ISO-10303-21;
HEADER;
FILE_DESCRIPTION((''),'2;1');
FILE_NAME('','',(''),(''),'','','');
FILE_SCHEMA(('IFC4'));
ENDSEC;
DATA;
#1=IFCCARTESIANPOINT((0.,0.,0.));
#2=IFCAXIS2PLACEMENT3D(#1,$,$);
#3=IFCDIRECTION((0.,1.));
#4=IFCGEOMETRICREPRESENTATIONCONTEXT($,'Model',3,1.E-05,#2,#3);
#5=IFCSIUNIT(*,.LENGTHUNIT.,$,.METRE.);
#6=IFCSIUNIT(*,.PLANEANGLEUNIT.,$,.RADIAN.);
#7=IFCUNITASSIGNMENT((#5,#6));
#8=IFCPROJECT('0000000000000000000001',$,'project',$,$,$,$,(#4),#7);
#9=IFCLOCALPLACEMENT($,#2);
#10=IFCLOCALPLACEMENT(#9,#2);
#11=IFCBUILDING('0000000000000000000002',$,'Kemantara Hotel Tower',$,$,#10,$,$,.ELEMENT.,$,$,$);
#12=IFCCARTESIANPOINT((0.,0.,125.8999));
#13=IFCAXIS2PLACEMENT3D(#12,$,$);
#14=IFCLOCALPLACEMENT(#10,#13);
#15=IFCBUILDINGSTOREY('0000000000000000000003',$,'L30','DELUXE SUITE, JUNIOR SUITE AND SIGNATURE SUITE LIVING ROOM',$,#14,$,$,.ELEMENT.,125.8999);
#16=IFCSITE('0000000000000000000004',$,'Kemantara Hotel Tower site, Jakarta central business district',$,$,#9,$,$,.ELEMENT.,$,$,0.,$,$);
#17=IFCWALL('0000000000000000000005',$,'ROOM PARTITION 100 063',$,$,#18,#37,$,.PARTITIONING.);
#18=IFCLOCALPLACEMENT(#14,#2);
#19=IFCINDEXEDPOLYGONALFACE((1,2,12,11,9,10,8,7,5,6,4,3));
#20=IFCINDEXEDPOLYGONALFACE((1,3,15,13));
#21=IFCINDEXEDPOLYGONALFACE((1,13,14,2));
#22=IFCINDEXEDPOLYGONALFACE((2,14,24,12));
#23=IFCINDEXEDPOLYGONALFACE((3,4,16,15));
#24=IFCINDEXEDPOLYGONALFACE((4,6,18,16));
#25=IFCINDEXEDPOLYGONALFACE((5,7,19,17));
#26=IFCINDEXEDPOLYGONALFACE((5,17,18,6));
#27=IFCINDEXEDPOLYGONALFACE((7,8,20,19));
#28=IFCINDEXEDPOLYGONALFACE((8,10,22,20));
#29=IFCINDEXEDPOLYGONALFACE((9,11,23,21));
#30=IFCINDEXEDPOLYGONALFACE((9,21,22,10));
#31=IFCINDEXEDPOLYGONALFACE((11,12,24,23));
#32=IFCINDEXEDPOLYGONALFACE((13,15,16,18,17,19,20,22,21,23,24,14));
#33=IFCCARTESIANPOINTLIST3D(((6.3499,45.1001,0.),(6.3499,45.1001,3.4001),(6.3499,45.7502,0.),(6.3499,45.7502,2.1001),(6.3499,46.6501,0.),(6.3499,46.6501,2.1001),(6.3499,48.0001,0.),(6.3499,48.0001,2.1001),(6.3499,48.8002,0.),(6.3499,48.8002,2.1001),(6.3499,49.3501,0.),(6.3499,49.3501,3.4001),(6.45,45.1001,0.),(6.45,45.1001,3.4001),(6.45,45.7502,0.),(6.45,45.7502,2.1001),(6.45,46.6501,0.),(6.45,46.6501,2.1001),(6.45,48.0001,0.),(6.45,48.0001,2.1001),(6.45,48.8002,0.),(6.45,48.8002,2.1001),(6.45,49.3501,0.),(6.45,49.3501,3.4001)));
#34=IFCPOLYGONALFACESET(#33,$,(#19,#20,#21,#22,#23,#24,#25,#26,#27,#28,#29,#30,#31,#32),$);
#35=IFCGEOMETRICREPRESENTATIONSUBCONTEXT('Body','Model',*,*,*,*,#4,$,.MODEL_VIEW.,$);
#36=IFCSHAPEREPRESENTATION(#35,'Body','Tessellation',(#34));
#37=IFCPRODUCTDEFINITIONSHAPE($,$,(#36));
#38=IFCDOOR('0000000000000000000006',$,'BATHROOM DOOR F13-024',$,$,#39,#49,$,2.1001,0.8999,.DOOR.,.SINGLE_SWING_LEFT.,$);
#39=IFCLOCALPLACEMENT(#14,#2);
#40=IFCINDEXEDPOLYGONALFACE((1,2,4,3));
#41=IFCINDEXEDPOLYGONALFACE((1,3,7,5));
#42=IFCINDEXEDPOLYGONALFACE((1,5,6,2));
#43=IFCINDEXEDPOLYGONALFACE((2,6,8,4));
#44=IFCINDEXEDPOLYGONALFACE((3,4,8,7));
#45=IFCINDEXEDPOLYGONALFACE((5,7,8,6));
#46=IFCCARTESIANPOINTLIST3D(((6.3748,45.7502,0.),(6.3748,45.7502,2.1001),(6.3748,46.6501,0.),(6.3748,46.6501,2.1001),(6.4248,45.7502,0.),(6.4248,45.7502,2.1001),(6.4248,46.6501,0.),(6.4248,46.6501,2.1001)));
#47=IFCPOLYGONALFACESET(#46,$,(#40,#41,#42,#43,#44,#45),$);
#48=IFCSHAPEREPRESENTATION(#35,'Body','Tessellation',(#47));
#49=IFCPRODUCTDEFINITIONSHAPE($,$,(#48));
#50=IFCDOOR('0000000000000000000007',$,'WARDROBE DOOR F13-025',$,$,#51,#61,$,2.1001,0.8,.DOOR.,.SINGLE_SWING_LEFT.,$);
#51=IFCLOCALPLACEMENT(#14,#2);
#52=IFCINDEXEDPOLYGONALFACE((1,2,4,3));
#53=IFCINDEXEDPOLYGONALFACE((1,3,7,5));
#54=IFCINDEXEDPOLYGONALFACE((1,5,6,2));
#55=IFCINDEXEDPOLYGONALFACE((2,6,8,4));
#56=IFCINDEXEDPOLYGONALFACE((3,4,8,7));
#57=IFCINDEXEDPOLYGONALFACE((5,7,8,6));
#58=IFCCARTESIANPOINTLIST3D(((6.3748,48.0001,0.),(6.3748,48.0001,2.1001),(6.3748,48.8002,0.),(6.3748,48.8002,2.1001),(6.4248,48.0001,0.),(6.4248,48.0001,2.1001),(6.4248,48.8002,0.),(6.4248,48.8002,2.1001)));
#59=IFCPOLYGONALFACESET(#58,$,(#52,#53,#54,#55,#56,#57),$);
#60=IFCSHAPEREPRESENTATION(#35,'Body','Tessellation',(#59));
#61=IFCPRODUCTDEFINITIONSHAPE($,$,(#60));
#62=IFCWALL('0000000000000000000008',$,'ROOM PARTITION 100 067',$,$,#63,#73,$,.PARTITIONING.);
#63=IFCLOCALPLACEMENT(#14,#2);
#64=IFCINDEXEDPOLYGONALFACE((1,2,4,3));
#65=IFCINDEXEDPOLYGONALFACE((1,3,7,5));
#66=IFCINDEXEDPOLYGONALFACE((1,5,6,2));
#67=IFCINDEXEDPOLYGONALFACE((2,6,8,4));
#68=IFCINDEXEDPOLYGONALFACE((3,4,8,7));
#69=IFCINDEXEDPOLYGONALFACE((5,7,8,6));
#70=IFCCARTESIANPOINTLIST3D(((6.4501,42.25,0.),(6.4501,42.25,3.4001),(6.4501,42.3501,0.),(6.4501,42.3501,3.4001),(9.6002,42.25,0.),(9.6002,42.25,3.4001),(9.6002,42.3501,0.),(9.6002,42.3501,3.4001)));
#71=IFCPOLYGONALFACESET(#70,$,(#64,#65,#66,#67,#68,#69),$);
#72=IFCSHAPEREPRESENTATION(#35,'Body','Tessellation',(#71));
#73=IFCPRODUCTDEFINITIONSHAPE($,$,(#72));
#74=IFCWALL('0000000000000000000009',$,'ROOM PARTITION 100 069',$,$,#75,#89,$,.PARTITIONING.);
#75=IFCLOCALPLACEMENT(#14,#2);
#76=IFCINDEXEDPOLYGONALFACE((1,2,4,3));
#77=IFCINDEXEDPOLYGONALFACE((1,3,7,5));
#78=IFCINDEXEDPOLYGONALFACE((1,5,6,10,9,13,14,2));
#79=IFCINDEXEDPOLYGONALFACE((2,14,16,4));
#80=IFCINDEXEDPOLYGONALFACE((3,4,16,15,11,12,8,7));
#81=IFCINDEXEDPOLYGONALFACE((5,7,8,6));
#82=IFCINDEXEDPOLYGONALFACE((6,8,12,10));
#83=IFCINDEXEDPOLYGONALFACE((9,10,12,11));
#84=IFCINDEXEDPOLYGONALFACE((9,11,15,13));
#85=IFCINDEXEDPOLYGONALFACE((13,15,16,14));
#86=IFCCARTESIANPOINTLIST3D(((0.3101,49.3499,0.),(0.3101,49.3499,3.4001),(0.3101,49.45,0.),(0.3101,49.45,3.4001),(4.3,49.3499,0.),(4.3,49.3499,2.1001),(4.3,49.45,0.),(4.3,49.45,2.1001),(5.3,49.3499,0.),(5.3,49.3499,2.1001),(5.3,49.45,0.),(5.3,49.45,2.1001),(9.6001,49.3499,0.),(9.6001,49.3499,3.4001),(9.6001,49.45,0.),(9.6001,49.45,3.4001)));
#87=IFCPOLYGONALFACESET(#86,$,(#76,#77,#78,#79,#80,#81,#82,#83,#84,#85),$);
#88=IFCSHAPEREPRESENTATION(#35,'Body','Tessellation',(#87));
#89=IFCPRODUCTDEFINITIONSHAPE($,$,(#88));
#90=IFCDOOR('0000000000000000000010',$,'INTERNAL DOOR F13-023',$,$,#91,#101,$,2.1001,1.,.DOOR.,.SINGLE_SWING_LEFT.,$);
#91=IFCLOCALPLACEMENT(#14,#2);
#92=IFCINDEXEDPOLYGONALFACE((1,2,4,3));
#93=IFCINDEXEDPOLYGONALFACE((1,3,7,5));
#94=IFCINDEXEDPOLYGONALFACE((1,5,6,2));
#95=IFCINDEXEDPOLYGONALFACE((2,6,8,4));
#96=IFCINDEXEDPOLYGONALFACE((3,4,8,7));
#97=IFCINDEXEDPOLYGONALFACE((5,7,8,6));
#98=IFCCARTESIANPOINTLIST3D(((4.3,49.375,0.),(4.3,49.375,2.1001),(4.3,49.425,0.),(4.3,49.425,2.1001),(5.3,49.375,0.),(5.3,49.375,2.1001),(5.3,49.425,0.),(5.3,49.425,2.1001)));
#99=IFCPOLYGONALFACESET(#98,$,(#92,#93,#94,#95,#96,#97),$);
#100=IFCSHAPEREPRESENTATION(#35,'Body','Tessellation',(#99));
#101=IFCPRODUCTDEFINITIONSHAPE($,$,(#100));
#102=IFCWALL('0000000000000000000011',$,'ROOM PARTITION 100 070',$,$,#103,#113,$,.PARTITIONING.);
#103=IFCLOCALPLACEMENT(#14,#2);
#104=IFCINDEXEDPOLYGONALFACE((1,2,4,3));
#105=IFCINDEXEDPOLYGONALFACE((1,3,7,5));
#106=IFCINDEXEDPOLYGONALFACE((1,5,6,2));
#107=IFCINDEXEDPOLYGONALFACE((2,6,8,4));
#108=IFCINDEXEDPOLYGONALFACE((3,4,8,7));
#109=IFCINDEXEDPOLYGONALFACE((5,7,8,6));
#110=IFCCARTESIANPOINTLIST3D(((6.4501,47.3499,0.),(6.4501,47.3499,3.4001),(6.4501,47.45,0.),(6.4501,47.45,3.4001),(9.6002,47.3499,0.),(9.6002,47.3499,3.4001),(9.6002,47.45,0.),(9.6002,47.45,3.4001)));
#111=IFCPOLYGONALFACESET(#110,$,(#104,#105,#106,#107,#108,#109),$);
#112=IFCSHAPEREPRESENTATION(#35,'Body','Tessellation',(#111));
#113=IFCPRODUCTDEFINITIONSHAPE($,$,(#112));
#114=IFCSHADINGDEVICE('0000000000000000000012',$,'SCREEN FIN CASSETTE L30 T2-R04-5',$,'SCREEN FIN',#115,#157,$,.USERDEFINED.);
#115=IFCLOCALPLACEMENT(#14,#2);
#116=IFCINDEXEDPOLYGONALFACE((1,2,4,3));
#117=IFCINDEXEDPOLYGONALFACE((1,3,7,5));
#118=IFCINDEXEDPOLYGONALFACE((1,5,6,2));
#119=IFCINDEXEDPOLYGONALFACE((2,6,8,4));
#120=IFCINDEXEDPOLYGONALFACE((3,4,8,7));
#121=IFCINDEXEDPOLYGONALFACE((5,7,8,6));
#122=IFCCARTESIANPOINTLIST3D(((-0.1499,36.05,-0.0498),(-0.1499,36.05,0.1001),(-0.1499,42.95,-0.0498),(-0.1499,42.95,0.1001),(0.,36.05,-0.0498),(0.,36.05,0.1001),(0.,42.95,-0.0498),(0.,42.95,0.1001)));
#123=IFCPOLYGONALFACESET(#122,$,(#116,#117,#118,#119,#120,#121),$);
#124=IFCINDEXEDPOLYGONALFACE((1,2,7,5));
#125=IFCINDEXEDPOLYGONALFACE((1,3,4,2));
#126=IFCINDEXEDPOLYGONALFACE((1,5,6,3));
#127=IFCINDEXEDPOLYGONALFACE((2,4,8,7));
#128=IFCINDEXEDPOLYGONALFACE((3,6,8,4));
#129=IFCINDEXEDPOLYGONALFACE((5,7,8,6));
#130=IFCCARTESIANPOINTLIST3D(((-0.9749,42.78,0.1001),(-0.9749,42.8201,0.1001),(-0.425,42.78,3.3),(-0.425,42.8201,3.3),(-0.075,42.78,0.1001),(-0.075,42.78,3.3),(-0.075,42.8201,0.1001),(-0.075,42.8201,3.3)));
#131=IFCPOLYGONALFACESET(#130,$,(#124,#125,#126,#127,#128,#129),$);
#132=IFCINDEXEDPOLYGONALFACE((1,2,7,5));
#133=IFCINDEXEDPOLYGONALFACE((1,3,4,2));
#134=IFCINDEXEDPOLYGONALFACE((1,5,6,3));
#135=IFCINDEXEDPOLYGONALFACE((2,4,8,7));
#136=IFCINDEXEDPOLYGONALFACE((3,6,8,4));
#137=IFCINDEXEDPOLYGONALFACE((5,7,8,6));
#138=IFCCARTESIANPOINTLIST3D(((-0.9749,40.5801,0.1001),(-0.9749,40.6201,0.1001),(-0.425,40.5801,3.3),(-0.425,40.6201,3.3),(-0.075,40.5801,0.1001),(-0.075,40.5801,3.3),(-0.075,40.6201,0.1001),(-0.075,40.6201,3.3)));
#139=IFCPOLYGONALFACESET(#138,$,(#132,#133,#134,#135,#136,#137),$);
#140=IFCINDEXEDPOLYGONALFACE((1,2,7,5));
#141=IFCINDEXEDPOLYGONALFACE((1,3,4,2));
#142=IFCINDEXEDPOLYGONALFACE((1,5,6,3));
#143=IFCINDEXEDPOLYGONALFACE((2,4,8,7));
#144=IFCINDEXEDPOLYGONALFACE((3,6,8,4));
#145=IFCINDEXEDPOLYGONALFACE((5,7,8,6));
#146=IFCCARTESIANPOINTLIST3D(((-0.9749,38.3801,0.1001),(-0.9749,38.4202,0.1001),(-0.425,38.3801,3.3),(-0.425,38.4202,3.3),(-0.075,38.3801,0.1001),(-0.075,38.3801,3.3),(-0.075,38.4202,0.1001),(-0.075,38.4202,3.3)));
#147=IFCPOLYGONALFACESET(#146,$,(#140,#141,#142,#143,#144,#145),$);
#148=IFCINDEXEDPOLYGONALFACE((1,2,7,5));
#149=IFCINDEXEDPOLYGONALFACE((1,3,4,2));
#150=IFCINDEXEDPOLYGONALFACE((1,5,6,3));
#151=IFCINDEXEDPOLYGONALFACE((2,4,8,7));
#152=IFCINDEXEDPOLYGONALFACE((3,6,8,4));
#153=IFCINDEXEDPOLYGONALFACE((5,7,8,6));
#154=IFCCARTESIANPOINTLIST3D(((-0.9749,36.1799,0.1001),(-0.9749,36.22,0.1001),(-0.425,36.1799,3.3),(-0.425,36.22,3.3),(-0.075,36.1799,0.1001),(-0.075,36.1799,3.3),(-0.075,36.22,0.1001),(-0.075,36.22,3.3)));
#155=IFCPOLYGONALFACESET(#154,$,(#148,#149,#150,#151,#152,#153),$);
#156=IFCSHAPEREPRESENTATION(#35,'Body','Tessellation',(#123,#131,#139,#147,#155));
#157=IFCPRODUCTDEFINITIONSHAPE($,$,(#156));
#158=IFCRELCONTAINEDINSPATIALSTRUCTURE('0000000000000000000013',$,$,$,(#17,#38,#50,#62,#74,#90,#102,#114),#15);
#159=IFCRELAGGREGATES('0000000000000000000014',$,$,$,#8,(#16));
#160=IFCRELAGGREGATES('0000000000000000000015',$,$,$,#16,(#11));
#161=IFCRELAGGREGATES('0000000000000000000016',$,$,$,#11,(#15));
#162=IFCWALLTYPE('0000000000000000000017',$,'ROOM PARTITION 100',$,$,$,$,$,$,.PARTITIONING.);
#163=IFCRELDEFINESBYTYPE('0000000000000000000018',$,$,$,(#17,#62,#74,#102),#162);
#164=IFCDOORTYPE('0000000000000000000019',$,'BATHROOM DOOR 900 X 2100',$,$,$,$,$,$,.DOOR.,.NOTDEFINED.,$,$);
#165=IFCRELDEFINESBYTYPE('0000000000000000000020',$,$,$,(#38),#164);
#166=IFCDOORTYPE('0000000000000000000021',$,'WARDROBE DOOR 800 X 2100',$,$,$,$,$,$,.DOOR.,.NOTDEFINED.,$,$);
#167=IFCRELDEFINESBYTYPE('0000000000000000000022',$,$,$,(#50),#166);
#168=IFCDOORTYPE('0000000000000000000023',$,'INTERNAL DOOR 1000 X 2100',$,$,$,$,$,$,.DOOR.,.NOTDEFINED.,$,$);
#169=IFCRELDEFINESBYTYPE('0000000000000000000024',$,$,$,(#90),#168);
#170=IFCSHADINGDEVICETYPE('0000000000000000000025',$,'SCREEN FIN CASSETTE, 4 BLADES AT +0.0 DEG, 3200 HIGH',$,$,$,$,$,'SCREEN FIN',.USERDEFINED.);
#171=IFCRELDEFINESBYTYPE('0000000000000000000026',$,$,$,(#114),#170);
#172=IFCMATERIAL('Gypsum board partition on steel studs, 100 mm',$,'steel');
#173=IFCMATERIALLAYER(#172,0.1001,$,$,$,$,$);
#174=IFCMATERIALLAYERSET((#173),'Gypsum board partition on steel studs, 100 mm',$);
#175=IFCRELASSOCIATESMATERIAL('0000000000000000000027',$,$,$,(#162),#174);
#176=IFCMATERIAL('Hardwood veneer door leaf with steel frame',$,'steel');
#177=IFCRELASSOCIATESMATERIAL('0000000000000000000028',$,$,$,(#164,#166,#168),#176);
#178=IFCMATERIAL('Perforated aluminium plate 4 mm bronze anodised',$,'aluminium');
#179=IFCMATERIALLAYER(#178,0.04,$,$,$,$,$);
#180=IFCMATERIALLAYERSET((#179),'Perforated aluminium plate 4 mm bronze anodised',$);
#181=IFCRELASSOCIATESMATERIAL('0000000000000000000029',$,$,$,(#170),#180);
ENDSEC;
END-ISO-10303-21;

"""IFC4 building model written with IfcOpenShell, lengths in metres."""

from ifc_helpers import new_model, si_unit, direction, frame, frame_2d, origin, origin_2d, place, context, subcontext, project, spatial, polyline, rectangle, outline, extrude, source, transform, mapped, material, layer, layer_set, type_object, element, fill, save


model = new_model("IFC4")

# Units and contexts
model_context = context("Model", 3, precision=1e-05, world=origin(), true_north=direction((0.0, 1.0)))
body_context = subcontext(model_context, "Body", "Model", "MODEL_VIEW")
ifc_project = project(units=[si_unit("LENGTHUNIT", "METRE"), si_unit("PLANEANGLEUNIT", "RADIAN")], contexts=[model_context])

# Site, building, storey
site_placement = place(None, origin())
site = spatial("IfcSite", under=ifc_project, at=site_placement, Name="Kemantara Hotel Tower site, Jakarta central business district", CompositionType="ELEMENT", RefElevation=0.0)
building_placement = place(site_placement, origin())
building = spatial("IfcBuilding", under=site, at=building_placement, Name="Kemantara Hotel Tower", CompositionType="ELEMENT")
storey_placement = place(building_placement, frame((0.0, 0.0, 125.8999)))
storey = spatial("IfcBuildingStorey", under=building, at=storey_placement, Name="L30", Description="DELUXE SUITE, JUNIOR SUITE AND SIGNATURE SUITE LIVING ROOM", CompositionType="ELEMENT", Elevation=125.8999)

# Shared definitions
ifc_material_1 = material(Name="Hardwood veneer door leaf with steel frame", Category="steel")

# Shared definitions
ifc_material_2 = material(Name="Gypsum board partition on steel studs, 100 mm", Category="steel")
ifc_layer_1 = layer(ifc_material_2, 0.1001)
ifc_layer_set_1 = layer_set([ifc_layer_1], Name="Gypsum board partition on steel studs, 100 mm")
wall_type_1 = type_object("IfcWallType", Name="ROOM PARTITION 100", PredefinedType="PARTITIONING", material=ifc_layer_set_1)

# Wall, openings, doors
wall_1_placement = place(storey_placement, frame((6.3999, 49.3501, 0.0), z_axis=(0.0, 0.0, 1.0), x_axis=(0.0, -1.0, 0.0)))
wall_1 = element("IfcWall", 1, at=wall_1_placement, inside=storey, type_object=wall_type_1, Name="ROOM PARTITION 100 063", PredefinedType="PARTITIONING", context=body_context, shape_type="SweptSolid", body=[
    extrude(rectangle(XDim=4.25, YDim=0.1001, at=frame_2d((2.125, 0.0))), origin(), (0.0, 0.0, 1.0), 3.4001),
])
opening_1_placement = place(wall_1_placement, frame((2.7, 0.0, 0.0)))
opening_1 = element("IfcOpeningElement", 2, at=opening_1_placement, cuts=wall_1, PredefinedType="OPENING", context=body_context, shape_type="SweptSolid", body=[
    extrude(rectangle(XDim=0.8999, YDim=2.1001, at=frame_2d((0.45, 1.05))), frame((0.0, 0.0601, 0.0), z_axis=(0.0, -1.0, 0.0), x_axis=(1.0, 0.0, 0.0)), (0.0, 0.0, 1.0), 0.1201),
])
opening_2_placement = place(wall_1_placement, frame((0.55, 0.0, 0.0)))
opening_2 = element("IfcOpeningElement", 3, at=opening_2_placement, cuts=wall_1, PredefinedType="OPENING", context=body_context, shape_type="SweptSolid", body=[
    extrude(rectangle(XDim=0.8, YDim=2.1001, at=frame_2d((0.3999, 1.05))), frame((0.0, 0.0601, 0.0), z_axis=(0.0, -1.0, 0.0), x_axis=(1.0, 0.0, 0.0)), (0.0, 0.0, 1.0), 0.1201),
])
door_type_1 = type_object("IfcDoorType", Name="BATHROOM DOOR 900 X 2100", OperationType="NOTDEFINED", PredefinedType="DOOR", material=ifc_material_1)
door_1_placement = place(opening_1_placement, origin())
door_1 = element("IfcDoor", 4, at=door_1_placement, inside=storey, type_object=door_type_1, Name="BATHROOM DOOR F13-024", OperationType="SINGLE_SWING_LEFT", OverallHeight=2.1001, OverallWidth=0.8999, PredefinedType="DOOR", context=body_context, shape_type="SweptSolid", body=[
    extrude(rectangle(XDim=0.8999, YDim=2.1001, at=frame_2d((0.45, 1.05))), frame((0.0, 0.0249, 0.0), z_axis=(0.0, -1.0, 0.0), x_axis=(1.0, 0.0, 0.0)), (0.0, 0.0, 1.0), 0.05),
])
fill(opening_1, door_1)
door_type_2 = type_object("IfcDoorType", Name="WARDROBE DOOR 800 X 2100", OperationType="NOTDEFINED", PredefinedType="DOOR", material=ifc_material_1)
door_2_placement = place(opening_2_placement, origin())
door_2 = element("IfcDoor", 5, at=door_2_placement, inside=storey, type_object=door_type_2, Name="WARDROBE DOOR F13-025", OperationType="SINGLE_SWING_LEFT", OverallHeight=2.1001, OverallWidth=0.8, PredefinedType="DOOR", context=body_context, shape_type="SweptSolid", body=[
    extrude(rectangle(XDim=0.8, YDim=2.1001, at=frame_2d((0.3999, 1.05))), frame((0.0, 0.0249, 0.0), z_axis=(0.0, -1.0, 0.0), x_axis=(1.0, 0.0, 0.0)), (0.0, 0.0, 1.0), 0.05),
])
fill(opening_2, door_2)

# Wall
wall_2_placement = place(storey_placement, frame((6.45, 42.3, 0.0), z_axis=(0.0, 0.0, 1.0), x_axis=(1.0, 0.0, 0.0)))
element("IfcWall", 6, at=wall_2_placement, inside=storey, type_object=wall_type_1, Name="ROOM PARTITION 100 067", PredefinedType="PARTITIONING", context=body_context, shape_type="SweptSolid", body=[
    extrude(rectangle(XDim=3.1501, YDim=0.1001, at=frame_2d((1.5752, 0.0))), origin(), (0.0, 0.0, 1.0), 3.4001),
])

# Wall, opening, door
wall_3_placement = place(storey_placement, frame((9.6001, 49.3999, 0.0), z_axis=(0.0, 0.0, 1.0), x_axis=(-1.0, 0.0, 0.0)))
wall_3 = element("IfcWall", 7, at=wall_3_placement, inside=storey, type_object=wall_type_1, Name="ROOM PARTITION 100 069", PredefinedType="PARTITIONING", context=body_context, shape_type="SweptSolid", body=[
    extrude(rectangle(XDim=9.29, YDim=0.1001, at=frame_2d((4.645, 0.0))), origin(), (0.0, 0.0, 1.0), 3.4001),
])
opening_3_placement = place(wall_3_placement, frame((4.3, 0.0, 0.0)))
opening_3 = element("IfcOpeningElement", 8, at=opening_3_placement, cuts=wall_3, PredefinedType="OPENING", context=body_context, shape_type="SweptSolid", body=[
    extrude(rectangle(XDim=1.0, YDim=2.1001, at=frame_2d((0.5, 1.05))), frame((0.0, 0.0601, 0.0), z_axis=(0.0, -1.0, 0.0), x_axis=(1.0, 0.0, 0.0)), (0.0, 0.0, 1.0), 0.1201),
])
door_type_3 = type_object("IfcDoorType", Name="INTERNAL DOOR 1000 X 2100", OperationType="NOTDEFINED", PredefinedType="DOOR", material=ifc_material_1)
door_3_placement = place(opening_3_placement, origin())
door_3 = element("IfcDoor", 9, at=door_3_placement, inside=storey, type_object=door_type_3, Name="INTERNAL DOOR F13-023", OperationType="SINGLE_SWING_LEFT", OverallHeight=2.1001, OverallWidth=1.0, PredefinedType="DOOR", context=body_context, shape_type="SweptSolid", body=[
    extrude(rectangle(XDim=1.0, YDim=2.1001, at=frame_2d((0.5, 1.05))), frame((0.0, 0.0249, 0.0), z_axis=(0.0, -1.0, 0.0), x_axis=(1.0, 0.0, 0.0)), (0.0, 0.0, 1.0), 0.05),
])
fill(opening_3, door_3)

# Wall
wall_4_placement = place(storey_placement, frame((6.45, 47.3999, 0.0), z_axis=(0.0, 0.0, 1.0), x_axis=(1.0, 0.0, 0.0)))
element("IfcWall", 10, at=wall_4_placement, inside=storey, type_object=wall_type_1, Name="ROOM PARTITION 100 070", PredefinedType="PARTITIONING", context=body_context, shape_type="SweptSolid", body=[
    extrude(rectangle(XDim=3.1501, YDim=0.1001, at=frame_2d((1.5752, 0.0))), origin(), (0.0, 0.0, 1.0), 3.4001),
])

# Shading device
ifc_material_3 = material(Name="Perforated aluminium plate 4 mm bronze anodised", Category="aluminium")
ifc_layer_2 = layer(ifc_material_3, 0.04)
ifc_layer_set_2 = layer_set([ifc_layer_2], Name="Perforated aluminium plate 4 mm bronze anodised")
shading_device_type_1 = type_object("IfcShadingDeviceType", Name="SCREEN FIN CASSETTE, 4 BLADES AT +0.0 DEG, 3200 HIGH", ElementType="SCREEN FIN", PredefinedType="USERDEFINED", material=ifc_layer_set_2)
shared_shape_1 = source(origin(), body_context, "Body", "SweptSolid", [
    extrude(rectangle(XDim=6.8999, YDim=0.1499, at=origin_2d()), frame((3.3, -0.075, -0.1499), z_axis=(0.0, 0.0, 1.0), x_axis=(1.0, 0.0, 0.0)), (0.0, 0.0, 1.0), 0.1499),
    extrude(outline(polyline([(0.0, 0.0), (0.8999, 0.0), (0.3501, 3.2), (0.0, 3.2), (0.0, 0.0)])), frame((0.02, -0.075, 0.0), z_axis=(-1.0, 0.0, 0.0), x_axis=(0.0, -1.0, 0.0)), (0.0, 0.0, 1.0), 0.04),
    extrude(outline(polyline([(0.0, 0.0), (0.8999, 0.0), (0.3501, 3.2), (0.0, 3.2), (0.0, 0.0)])), frame((2.22, -0.075, 0.0), z_axis=(-1.0, 0.0, 0.0), x_axis=(0.0, -1.0, 0.0)), (0.0, 0.0, 1.0), 0.04),
    extrude(outline(polyline([(0.0, 0.0), (0.8999, 0.0), (0.3501, 3.2), (0.0, 3.2), (0.0, 0.0)])), frame((4.4199, -0.075, 0.0), z_axis=(-1.0, 0.0, 0.0), x_axis=(0.0, -1.0, 0.0)), (0.0, 0.0, 1.0), 0.04),
    extrude(outline(polyline([(0.0, 0.0), (0.8999, 0.0), (0.3501, 3.2), (0.0, 3.2), (0.0, 0.0)])), frame((6.6201, -0.075, 0.0), z_axis=(-1.0, 0.0, 0.0), x_axis=(0.0, -1.0, 0.0)), (0.0, 0.0, 1.0), 0.04),
])
shading_device_1_placement = place(storey_placement, frame((0.0, 42.8, 0.1001), z_axis=(0.0, 0.0, 1.0), x_axis=(0.0, -1.0, 0.0)))
element("IfcShadingDevice", 11, at=shading_device_1_placement, inside=storey, type_object=shading_device_type_1, Name="SCREEN FIN CASSETTE L30 T2-R04-5", ObjectType="SCREEN FIN", PredefinedType="USERDEFINED", context=body_context, shape_type="MappedRepresentation", body=[
    mapped(shared_shape_1, transform((0.0, 0.0, 0.0))),
])

save(model, "model.ifc")
